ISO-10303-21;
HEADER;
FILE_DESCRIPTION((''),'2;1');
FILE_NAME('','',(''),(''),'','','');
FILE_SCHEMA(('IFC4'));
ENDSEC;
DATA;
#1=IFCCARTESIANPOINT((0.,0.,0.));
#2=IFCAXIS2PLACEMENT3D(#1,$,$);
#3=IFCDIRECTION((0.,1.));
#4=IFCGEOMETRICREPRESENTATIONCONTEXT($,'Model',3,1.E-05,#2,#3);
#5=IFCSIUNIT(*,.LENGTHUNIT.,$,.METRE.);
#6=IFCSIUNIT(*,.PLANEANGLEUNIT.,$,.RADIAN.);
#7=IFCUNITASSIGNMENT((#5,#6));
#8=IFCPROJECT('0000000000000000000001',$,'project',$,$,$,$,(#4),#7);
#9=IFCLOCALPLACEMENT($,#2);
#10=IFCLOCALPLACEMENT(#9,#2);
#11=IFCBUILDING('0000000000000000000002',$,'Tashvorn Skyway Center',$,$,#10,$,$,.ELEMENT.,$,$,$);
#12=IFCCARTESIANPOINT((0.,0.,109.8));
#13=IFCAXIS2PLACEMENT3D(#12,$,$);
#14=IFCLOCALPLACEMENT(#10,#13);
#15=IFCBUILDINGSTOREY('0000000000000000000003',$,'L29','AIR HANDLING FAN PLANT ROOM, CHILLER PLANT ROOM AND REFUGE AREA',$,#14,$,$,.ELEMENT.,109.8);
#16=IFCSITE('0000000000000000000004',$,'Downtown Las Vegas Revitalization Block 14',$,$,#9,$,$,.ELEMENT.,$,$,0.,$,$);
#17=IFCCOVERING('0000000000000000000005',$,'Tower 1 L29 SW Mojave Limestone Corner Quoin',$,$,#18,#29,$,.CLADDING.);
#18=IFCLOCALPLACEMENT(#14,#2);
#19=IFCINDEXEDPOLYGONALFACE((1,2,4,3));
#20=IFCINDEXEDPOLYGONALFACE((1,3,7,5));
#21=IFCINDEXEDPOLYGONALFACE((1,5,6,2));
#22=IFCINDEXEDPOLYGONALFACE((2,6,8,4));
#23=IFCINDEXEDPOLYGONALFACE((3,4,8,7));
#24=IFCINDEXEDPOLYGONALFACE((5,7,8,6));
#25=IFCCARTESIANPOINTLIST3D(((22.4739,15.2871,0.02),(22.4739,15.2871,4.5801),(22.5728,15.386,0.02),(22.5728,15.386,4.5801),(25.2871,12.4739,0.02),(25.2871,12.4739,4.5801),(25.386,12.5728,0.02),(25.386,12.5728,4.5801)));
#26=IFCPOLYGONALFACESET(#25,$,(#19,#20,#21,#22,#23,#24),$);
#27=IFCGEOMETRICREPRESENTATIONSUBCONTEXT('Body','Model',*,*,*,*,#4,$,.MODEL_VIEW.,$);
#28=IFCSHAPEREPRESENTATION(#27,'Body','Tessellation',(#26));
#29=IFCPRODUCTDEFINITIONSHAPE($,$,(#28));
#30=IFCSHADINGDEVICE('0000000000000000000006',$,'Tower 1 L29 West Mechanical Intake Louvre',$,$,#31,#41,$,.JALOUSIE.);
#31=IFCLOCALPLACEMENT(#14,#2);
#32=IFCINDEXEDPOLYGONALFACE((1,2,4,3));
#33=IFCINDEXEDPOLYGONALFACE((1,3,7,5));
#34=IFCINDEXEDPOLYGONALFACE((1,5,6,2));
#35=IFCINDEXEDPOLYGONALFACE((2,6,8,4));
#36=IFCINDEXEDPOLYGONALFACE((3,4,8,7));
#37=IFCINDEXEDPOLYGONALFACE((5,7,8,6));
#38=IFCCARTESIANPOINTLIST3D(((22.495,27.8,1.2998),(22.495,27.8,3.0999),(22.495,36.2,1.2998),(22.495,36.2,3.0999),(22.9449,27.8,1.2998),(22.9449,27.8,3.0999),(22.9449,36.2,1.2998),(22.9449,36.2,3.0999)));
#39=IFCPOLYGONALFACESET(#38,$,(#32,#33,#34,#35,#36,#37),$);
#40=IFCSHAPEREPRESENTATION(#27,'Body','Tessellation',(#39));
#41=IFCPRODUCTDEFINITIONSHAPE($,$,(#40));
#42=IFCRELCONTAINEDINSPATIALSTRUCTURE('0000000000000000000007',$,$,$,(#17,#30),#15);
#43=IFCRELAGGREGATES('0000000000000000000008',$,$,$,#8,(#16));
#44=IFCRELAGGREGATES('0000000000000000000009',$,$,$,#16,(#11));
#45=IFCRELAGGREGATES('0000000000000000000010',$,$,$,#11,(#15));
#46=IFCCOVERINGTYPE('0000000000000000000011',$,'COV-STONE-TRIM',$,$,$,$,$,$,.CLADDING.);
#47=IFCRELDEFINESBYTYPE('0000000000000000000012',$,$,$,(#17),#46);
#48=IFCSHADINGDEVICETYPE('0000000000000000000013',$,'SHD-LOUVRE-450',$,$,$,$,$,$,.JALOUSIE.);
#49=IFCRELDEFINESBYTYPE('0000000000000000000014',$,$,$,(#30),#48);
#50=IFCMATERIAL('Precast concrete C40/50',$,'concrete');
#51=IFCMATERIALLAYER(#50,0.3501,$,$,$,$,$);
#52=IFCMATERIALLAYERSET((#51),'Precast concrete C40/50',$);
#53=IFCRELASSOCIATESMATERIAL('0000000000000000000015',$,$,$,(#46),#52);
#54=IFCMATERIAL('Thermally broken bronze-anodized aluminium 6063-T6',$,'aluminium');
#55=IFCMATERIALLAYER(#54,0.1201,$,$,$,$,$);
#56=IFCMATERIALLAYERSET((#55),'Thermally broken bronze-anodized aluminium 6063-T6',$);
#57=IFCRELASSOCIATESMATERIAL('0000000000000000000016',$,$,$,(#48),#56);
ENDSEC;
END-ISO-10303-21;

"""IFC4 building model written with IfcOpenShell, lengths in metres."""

from ifc_helpers import new_model, si_unit, direction, frame, origin, origin_2d, place, context, subcontext, project, spatial, rectangle, extrude, material, layer, layer_set, type_object, element, save


model = new_model("IFC4")

# Units and contexts
model_context = context("Model", 3, precision=1e-05, world=origin(), true_north=direction((0.0, 1.0)))
body_context = subcontext(model_context, "Body", "Model", "MODEL_VIEW")
ifc_project = project(units=[si_unit("LENGTHUNIT", "METRE"), si_unit("PLANEANGLEUNIT", "RADIAN")], contexts=[model_context])

# Site, building, storey
site_placement = place(None, origin())
site = spatial("IfcSite", under=ifc_project, at=site_placement, Name="Downtown Las Vegas Revitalization Block 14", CompositionType="ELEMENT", RefElevation=0.0)
building_placement = place(site_placement, origin())
building = spatial("IfcBuilding", under=site, at=building_placement, Name="Tashvorn Skyway Center", CompositionType="ELEMENT")
storey_placement = place(building_placement, frame((0.0, 0.0, 109.8)))
storey = spatial("IfcBuildingStorey", under=building, at=storey_placement, Name="L29", Description="AIR HANDLING FAN PLANT ROOM, CHILLER PLANT ROOM AND REFUGE AREA", CompositionType="ELEMENT", Elevation=109.8)

# Shared definitions
ifc_material_1 = material(Name="Precast concrete C40/50", Category="concrete")

# Covering
ifc_layer_1 = layer(ifc_material_1, 0.3501)
ifc_layer_set_1 = layer_set([ifc_layer_1], Name="Precast concrete C40/50")
covering_type_1 = type_object("IfcCoveringType", Name="COV-STONE-TRIM", PredefinedType="CLADDING", material=ifc_layer_set_1)
covering_placement = place(storey_placement, frame((23.9299, 13.9299, 0.02), z_axis=(0.0, 0.0, 1.0), x_axis=(-0.707107, 0.707107, 0.0)))
element("IfcCovering", 1, at=covering_placement, inside=storey, type_object=covering_type_1, Name="Tower 1 L29 SW Mojave Limestone Corner Quoin", PredefinedType="CLADDING", context=body_context, shape_type="SweptSolid", body=[
    extrude(rectangle(XDim=3.9785, YDim=0.1399, at=origin_2d()), origin(), (0.0, 0.0, 1.0), 4.5601),
])

# Shading device
ifc_material_2 = material(Name="Thermally broken bronze-anodized aluminium 6063-T6", Category="aluminium")
ifc_layer_2 = layer(ifc_material_2, 0.1201)
ifc_layer_set_2 = layer_set([ifc_layer_2], Name="Thermally broken bronze-anodized aluminium 6063-T6")
shading_device_type = type_object("IfcShadingDeviceType", Name="SHD-LOUVRE-450", PredefinedType="JALOUSIE", material=ifc_layer_set_2)
shading_device_placement = place(storey_placement, frame((22.72, 32.0, 1.2998), z_axis=(0.0, 0.0, 1.0), x_axis=(0.0, 1.0, 0.0)))
element("IfcShadingDevice", 2, at=shading_device_placement, inside=storey, type_object=shading_device_type, Name="Tower 1 L29 West Mechanical Intake Louvre", PredefinedType="JALOUSIE", context=body_context, shape_type="SweptSolid", body=[
    extrude(rectangle(XDim=8.3999, YDim=0.45, at=origin_2d()), origin(), (0.0, 0.0, 1.0), 1.8),
])

save(model, "model.ifc")
